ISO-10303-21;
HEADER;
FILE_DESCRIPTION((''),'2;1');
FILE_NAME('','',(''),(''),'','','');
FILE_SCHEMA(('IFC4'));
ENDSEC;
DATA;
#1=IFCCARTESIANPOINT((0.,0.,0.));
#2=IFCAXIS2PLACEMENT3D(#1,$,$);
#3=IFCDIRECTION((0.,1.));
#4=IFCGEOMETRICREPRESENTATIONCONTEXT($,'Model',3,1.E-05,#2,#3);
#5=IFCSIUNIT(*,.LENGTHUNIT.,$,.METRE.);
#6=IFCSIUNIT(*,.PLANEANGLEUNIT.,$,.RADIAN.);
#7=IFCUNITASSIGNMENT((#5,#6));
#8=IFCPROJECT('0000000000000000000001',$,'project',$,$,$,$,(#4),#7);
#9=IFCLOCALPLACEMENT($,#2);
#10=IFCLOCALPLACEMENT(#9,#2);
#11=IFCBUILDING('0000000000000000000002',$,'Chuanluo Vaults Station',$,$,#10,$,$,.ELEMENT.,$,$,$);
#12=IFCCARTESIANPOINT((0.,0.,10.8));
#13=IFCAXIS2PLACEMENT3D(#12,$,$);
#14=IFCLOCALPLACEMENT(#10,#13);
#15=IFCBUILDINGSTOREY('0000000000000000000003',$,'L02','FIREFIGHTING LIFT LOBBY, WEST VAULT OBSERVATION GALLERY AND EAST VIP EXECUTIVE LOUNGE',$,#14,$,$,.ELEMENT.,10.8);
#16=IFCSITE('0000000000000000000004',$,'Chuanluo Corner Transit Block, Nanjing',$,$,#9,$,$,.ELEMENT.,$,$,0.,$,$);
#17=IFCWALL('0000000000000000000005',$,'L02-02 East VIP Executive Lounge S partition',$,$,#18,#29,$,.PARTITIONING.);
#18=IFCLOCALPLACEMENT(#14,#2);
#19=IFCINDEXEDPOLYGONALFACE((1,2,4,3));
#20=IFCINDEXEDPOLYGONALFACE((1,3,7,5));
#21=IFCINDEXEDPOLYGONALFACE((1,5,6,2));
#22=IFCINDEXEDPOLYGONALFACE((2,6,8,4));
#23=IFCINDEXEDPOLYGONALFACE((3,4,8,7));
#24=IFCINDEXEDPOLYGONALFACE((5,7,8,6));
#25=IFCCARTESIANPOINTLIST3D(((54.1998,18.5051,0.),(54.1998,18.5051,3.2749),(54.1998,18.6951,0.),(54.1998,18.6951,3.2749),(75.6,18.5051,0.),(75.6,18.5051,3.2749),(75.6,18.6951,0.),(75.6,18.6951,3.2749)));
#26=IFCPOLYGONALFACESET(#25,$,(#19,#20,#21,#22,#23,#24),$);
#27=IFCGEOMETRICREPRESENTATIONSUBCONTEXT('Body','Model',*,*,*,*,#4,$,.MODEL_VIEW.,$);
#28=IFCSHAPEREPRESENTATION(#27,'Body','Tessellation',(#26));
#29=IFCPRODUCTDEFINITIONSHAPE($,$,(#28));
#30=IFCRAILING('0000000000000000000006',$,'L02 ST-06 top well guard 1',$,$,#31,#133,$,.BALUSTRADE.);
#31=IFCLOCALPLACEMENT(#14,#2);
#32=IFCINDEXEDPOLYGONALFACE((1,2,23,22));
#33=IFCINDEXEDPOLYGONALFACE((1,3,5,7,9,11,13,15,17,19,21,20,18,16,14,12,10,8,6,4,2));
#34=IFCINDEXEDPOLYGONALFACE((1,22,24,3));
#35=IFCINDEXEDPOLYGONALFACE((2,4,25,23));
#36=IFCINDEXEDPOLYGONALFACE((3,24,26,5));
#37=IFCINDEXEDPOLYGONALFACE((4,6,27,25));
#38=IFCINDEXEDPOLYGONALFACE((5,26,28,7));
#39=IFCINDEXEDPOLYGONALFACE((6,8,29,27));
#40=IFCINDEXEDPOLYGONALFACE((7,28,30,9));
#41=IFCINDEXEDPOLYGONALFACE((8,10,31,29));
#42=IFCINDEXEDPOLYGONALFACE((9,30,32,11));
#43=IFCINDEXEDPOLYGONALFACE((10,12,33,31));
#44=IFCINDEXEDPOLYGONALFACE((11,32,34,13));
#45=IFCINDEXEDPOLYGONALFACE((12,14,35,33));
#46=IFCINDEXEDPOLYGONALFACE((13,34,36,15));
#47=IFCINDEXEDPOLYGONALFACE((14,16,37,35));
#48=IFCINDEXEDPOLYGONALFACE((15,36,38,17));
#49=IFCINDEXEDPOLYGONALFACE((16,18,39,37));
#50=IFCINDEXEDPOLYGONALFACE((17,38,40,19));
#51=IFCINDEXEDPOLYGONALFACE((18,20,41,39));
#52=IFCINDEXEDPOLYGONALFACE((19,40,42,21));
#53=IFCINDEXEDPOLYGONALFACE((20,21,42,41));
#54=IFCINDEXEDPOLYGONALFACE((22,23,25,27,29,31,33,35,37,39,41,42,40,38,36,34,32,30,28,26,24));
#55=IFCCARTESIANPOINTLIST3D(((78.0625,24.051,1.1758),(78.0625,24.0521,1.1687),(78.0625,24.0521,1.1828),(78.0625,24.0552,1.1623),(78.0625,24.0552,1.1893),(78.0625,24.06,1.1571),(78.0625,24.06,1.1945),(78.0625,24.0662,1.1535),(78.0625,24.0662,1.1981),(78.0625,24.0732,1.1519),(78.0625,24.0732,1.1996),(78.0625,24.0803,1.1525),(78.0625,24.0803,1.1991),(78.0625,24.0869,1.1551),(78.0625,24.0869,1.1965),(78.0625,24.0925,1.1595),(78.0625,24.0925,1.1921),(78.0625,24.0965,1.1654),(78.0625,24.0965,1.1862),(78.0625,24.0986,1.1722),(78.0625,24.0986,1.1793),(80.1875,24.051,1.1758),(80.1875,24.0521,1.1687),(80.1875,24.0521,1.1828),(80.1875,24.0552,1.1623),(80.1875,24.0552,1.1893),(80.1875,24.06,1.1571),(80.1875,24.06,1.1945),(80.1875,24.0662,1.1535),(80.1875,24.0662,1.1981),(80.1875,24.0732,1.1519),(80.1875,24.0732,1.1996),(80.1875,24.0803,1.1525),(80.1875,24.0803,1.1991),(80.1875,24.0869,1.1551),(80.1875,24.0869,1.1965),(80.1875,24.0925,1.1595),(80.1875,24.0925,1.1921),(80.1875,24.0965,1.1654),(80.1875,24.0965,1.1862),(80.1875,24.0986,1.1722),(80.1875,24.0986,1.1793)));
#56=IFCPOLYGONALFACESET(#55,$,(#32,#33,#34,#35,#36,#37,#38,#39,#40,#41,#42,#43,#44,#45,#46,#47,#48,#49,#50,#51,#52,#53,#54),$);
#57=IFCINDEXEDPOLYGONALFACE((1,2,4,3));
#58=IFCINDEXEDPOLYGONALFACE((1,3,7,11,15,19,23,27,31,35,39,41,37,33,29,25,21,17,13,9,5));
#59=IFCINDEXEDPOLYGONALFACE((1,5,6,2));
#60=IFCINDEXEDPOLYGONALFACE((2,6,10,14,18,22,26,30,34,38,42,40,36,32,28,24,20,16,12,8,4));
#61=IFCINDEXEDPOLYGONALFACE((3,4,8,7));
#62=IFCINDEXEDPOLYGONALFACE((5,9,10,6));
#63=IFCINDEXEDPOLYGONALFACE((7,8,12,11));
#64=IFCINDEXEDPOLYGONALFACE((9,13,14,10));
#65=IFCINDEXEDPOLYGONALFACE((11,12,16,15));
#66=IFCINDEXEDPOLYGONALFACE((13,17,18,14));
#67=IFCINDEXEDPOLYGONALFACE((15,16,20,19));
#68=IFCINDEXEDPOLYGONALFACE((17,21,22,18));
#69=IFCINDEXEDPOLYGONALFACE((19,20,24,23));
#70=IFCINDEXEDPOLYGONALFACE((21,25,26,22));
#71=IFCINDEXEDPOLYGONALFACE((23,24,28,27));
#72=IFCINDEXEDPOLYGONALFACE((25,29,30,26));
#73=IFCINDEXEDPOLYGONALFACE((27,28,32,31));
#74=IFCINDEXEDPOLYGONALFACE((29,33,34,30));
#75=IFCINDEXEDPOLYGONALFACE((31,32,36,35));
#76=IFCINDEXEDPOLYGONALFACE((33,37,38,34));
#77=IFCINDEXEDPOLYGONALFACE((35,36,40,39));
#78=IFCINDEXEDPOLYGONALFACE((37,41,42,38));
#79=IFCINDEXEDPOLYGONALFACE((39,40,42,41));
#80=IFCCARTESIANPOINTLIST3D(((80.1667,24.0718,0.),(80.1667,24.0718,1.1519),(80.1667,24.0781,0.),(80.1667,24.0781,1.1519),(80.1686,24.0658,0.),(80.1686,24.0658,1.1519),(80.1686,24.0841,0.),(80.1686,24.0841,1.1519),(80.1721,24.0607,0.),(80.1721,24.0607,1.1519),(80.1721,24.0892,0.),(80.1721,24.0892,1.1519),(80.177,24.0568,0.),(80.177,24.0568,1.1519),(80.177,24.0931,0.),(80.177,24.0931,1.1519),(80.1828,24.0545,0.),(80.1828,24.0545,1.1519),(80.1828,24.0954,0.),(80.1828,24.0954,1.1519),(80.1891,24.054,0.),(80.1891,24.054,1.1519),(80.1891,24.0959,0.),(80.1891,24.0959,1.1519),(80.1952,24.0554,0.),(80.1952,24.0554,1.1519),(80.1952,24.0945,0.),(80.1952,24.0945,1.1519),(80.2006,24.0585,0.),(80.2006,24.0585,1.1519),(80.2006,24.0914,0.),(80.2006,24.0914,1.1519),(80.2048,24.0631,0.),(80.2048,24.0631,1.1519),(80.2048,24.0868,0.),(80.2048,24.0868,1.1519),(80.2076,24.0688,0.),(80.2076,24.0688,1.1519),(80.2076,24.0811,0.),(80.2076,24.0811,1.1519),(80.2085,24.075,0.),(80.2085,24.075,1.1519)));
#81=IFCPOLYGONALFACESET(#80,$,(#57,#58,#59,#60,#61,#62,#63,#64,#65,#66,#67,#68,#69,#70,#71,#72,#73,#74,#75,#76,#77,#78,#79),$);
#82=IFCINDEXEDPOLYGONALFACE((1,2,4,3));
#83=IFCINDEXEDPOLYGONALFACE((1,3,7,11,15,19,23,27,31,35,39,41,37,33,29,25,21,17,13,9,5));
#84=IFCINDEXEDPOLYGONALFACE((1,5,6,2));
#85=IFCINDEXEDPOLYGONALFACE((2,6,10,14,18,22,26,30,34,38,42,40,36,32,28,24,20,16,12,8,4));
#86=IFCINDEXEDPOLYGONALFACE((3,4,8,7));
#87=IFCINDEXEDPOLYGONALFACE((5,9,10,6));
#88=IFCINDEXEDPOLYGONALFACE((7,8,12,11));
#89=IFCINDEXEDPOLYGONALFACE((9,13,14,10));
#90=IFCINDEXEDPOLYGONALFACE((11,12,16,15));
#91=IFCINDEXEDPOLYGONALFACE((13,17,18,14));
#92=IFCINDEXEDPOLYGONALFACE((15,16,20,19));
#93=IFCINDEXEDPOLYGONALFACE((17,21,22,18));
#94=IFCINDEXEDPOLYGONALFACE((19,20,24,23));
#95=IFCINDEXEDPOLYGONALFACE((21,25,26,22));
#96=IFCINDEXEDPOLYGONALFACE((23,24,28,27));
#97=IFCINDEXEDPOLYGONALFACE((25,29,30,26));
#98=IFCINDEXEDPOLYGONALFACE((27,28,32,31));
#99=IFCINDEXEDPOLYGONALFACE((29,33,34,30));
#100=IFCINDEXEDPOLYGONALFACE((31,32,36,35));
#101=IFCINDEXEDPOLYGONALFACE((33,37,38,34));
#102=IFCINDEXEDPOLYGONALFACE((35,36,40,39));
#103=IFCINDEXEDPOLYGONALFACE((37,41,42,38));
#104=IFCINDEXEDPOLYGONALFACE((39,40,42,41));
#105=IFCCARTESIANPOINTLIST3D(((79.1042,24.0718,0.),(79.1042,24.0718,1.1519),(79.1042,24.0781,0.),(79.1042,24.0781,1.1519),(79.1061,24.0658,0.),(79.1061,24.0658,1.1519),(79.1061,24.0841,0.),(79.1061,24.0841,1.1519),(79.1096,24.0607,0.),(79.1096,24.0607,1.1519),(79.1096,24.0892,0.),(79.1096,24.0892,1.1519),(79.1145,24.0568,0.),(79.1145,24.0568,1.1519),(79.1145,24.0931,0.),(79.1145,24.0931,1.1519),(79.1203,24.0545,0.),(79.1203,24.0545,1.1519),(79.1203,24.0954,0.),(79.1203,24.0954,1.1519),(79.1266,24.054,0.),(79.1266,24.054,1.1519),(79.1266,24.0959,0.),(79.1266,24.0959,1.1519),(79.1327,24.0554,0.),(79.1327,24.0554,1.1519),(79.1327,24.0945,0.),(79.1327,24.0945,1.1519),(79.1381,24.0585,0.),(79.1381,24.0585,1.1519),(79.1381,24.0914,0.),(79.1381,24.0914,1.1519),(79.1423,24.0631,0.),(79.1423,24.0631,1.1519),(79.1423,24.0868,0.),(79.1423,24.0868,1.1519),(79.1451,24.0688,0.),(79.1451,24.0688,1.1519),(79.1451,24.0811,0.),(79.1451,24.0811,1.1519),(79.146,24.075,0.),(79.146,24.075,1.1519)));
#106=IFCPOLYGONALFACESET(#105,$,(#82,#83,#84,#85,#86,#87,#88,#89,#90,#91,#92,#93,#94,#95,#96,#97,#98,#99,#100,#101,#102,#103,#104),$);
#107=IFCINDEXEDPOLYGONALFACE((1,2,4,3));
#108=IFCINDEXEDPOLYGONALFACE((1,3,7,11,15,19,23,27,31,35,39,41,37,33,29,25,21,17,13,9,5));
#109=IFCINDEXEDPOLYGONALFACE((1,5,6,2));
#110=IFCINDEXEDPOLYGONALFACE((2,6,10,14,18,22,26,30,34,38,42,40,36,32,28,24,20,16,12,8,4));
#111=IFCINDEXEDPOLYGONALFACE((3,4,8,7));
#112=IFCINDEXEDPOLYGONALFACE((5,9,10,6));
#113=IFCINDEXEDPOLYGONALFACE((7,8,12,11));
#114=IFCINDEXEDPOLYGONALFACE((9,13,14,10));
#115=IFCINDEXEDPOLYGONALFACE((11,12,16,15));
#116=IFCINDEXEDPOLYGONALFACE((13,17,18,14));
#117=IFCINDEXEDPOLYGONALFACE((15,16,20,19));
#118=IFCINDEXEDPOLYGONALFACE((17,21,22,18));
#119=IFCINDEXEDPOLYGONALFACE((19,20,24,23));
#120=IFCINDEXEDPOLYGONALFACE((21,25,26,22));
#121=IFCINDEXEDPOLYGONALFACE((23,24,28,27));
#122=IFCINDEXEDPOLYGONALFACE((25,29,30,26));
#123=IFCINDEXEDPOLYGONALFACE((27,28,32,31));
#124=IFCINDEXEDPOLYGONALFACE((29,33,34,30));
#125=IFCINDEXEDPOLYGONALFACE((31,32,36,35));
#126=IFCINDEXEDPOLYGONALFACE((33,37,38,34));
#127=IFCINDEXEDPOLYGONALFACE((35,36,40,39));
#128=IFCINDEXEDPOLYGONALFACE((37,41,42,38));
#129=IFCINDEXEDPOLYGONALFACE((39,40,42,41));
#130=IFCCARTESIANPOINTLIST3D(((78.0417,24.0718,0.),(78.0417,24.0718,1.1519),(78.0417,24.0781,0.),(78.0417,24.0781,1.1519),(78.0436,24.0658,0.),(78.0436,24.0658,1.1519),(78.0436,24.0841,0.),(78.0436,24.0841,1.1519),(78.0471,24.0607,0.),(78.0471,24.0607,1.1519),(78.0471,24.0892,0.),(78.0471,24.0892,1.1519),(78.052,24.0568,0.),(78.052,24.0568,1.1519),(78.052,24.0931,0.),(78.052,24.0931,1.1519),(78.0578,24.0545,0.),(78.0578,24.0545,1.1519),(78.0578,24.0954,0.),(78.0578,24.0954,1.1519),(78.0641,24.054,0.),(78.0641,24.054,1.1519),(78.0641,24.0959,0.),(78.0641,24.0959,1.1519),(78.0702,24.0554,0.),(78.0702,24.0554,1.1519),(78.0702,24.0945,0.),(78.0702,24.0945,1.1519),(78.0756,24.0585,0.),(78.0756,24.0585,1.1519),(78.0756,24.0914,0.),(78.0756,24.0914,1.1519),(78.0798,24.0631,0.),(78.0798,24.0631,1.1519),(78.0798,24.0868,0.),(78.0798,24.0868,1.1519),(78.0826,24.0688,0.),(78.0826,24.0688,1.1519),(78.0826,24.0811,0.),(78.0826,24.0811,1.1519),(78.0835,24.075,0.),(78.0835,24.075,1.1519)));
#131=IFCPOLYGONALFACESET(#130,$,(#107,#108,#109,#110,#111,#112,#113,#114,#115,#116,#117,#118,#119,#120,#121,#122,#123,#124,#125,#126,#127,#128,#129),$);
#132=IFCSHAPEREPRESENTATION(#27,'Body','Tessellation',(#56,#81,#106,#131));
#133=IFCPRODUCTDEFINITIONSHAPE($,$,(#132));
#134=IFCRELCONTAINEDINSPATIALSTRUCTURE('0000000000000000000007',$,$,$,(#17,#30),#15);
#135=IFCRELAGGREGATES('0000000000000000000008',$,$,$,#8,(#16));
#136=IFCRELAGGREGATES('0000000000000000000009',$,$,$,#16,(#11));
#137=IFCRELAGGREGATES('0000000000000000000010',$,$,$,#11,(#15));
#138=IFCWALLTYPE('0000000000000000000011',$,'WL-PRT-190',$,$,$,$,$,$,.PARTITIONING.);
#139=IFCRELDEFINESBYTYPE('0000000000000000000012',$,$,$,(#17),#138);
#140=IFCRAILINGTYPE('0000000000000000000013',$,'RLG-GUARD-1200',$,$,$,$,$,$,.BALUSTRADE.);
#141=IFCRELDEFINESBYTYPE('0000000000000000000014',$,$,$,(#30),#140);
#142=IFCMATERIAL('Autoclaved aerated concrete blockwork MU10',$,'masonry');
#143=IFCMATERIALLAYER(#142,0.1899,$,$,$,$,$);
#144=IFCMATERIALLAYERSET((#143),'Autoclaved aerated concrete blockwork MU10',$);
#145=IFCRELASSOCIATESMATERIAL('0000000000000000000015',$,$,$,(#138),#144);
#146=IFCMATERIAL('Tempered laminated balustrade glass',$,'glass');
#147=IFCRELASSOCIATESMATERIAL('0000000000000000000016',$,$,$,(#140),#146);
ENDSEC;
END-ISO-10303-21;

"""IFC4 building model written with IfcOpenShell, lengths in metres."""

from ifc_helpers import new_model, si_unit, direction, frame, frame_2d, origin, origin_2d, place, context, subcontext, project, spatial, rectangle, circle, extrude, material, layer, layer_set, type_object, element, save


model = new_model("IFC4")

# Units and contexts
model_context = context("Model", 3, precision=1e-05, world=origin(), true_north=direction((0.0, 1.0)))
body_context = subcontext(model_context, "Body", "Model", "MODEL_VIEW")
ifc_project = project(units=[si_unit("LENGTHUNIT", "METRE"), si_unit("PLANEANGLEUNIT", "RADIAN")], contexts=[model_context])

# Site, building, storey
site_placement = place(None, origin())
site = spatial("IfcSite", under=ifc_project, at=site_placement, Name="Chuanluo Corner Transit Block, Nanjing", CompositionType="ELEMENT", RefElevation=0.0)
building_placement = place(site_placement, origin())
building = spatial("IfcBuilding", under=site, at=building_placement, Name="Chuanluo Vaults Station", CompositionType="ELEMENT")
storey_placement = place(building_placement, frame((0.0, 0.0, 10.8)))
storey = spatial("IfcBuildingStorey", under=building, at=storey_placement, Name="L02", Description="FIREFIGHTING LIFT LOBBY, WEST VAULT OBSERVATION GALLERY AND EAST VIP EXECUTIVE LOUNGE", CompositionType="ELEMENT", Elevation=10.8)

# Wall
ifc_material_1 = material(Name="Autoclaved aerated concrete blockwork MU10", Category="masonry")
ifc_layer_1 = layer(ifc_material_1, 0.1899)
ifc_layer_set_1 = layer_set([ifc_layer_1], Name="Autoclaved aerated concrete blockwork MU10")
wall_type_1 = type_object("IfcWallType", Name="WL-PRT-190", PredefinedType="PARTITIONING", material=ifc_layer_set_1)
wall_1_placement = place(storey_placement, frame((75.6001, 18.6001, 0.0), z_axis=(0.0, 0.0, 1.0), x_axis=(-1.0, 0.0, 0.0)))
element("IfcWall", 1, at=wall_1_placement, inside=storey, type_object=wall_type_1, Name="L02-02 East VIP Executive Lounge S partition", PredefinedType="PARTITIONING", context=body_context, shape_type="SweptSolid", body=[
    extrude(rectangle(XDim=21.4001, YDim=0.1899, at=frame_2d((10.7002, 0.0))), origin(), (0.0, 0.0, 1.0), 3.2749),
])

# Railing
ifc_material_2 = material(Name="Tempered laminated balustrade glass", Category="glass")
railing_type = type_object("IfcRailingType", Name="RLG-GUARD-1200", PredefinedType="BALUSTRADE", material=ifc_material_2)
railing_placement = place(storey_placement, frame((80.1875, 24.075, 0.0)))
element("IfcRailing", 2, at=railing_placement, inside=storey, type_object=railing_type, Name="L02 ST-06 top well guard 1", PredefinedType="BALUSTRADE", context=body_context, shape_type="SweptSolid", body=[
    extrude(circle(Radius=0.0239, at=origin_2d()), frame((0.0, 0.0, 1.1758), z_axis=(-1.0, 0.0, 0.0), x_axis=(0.0, -1.0, 0.0)), (0.0, 0.0, 1.0), 2.125),
    extrude(circle(Radius=0.021, at=origin_2d()), origin(), (0.0, 0.0, 1.0), 1.1519),
    extrude(circle(Radius=0.021, at=origin_2d()), frame((-1.0625, 0.0, 0.0)), (0.0, 0.0, 1.0), 1.1519),
    extrude(circle(Radius=0.021, at=origin_2d()), frame((-2.125, 0.0, 0.0)), (0.0, 0.0, 1.0), 1.1519),
])

save(model, "model.ifc")
